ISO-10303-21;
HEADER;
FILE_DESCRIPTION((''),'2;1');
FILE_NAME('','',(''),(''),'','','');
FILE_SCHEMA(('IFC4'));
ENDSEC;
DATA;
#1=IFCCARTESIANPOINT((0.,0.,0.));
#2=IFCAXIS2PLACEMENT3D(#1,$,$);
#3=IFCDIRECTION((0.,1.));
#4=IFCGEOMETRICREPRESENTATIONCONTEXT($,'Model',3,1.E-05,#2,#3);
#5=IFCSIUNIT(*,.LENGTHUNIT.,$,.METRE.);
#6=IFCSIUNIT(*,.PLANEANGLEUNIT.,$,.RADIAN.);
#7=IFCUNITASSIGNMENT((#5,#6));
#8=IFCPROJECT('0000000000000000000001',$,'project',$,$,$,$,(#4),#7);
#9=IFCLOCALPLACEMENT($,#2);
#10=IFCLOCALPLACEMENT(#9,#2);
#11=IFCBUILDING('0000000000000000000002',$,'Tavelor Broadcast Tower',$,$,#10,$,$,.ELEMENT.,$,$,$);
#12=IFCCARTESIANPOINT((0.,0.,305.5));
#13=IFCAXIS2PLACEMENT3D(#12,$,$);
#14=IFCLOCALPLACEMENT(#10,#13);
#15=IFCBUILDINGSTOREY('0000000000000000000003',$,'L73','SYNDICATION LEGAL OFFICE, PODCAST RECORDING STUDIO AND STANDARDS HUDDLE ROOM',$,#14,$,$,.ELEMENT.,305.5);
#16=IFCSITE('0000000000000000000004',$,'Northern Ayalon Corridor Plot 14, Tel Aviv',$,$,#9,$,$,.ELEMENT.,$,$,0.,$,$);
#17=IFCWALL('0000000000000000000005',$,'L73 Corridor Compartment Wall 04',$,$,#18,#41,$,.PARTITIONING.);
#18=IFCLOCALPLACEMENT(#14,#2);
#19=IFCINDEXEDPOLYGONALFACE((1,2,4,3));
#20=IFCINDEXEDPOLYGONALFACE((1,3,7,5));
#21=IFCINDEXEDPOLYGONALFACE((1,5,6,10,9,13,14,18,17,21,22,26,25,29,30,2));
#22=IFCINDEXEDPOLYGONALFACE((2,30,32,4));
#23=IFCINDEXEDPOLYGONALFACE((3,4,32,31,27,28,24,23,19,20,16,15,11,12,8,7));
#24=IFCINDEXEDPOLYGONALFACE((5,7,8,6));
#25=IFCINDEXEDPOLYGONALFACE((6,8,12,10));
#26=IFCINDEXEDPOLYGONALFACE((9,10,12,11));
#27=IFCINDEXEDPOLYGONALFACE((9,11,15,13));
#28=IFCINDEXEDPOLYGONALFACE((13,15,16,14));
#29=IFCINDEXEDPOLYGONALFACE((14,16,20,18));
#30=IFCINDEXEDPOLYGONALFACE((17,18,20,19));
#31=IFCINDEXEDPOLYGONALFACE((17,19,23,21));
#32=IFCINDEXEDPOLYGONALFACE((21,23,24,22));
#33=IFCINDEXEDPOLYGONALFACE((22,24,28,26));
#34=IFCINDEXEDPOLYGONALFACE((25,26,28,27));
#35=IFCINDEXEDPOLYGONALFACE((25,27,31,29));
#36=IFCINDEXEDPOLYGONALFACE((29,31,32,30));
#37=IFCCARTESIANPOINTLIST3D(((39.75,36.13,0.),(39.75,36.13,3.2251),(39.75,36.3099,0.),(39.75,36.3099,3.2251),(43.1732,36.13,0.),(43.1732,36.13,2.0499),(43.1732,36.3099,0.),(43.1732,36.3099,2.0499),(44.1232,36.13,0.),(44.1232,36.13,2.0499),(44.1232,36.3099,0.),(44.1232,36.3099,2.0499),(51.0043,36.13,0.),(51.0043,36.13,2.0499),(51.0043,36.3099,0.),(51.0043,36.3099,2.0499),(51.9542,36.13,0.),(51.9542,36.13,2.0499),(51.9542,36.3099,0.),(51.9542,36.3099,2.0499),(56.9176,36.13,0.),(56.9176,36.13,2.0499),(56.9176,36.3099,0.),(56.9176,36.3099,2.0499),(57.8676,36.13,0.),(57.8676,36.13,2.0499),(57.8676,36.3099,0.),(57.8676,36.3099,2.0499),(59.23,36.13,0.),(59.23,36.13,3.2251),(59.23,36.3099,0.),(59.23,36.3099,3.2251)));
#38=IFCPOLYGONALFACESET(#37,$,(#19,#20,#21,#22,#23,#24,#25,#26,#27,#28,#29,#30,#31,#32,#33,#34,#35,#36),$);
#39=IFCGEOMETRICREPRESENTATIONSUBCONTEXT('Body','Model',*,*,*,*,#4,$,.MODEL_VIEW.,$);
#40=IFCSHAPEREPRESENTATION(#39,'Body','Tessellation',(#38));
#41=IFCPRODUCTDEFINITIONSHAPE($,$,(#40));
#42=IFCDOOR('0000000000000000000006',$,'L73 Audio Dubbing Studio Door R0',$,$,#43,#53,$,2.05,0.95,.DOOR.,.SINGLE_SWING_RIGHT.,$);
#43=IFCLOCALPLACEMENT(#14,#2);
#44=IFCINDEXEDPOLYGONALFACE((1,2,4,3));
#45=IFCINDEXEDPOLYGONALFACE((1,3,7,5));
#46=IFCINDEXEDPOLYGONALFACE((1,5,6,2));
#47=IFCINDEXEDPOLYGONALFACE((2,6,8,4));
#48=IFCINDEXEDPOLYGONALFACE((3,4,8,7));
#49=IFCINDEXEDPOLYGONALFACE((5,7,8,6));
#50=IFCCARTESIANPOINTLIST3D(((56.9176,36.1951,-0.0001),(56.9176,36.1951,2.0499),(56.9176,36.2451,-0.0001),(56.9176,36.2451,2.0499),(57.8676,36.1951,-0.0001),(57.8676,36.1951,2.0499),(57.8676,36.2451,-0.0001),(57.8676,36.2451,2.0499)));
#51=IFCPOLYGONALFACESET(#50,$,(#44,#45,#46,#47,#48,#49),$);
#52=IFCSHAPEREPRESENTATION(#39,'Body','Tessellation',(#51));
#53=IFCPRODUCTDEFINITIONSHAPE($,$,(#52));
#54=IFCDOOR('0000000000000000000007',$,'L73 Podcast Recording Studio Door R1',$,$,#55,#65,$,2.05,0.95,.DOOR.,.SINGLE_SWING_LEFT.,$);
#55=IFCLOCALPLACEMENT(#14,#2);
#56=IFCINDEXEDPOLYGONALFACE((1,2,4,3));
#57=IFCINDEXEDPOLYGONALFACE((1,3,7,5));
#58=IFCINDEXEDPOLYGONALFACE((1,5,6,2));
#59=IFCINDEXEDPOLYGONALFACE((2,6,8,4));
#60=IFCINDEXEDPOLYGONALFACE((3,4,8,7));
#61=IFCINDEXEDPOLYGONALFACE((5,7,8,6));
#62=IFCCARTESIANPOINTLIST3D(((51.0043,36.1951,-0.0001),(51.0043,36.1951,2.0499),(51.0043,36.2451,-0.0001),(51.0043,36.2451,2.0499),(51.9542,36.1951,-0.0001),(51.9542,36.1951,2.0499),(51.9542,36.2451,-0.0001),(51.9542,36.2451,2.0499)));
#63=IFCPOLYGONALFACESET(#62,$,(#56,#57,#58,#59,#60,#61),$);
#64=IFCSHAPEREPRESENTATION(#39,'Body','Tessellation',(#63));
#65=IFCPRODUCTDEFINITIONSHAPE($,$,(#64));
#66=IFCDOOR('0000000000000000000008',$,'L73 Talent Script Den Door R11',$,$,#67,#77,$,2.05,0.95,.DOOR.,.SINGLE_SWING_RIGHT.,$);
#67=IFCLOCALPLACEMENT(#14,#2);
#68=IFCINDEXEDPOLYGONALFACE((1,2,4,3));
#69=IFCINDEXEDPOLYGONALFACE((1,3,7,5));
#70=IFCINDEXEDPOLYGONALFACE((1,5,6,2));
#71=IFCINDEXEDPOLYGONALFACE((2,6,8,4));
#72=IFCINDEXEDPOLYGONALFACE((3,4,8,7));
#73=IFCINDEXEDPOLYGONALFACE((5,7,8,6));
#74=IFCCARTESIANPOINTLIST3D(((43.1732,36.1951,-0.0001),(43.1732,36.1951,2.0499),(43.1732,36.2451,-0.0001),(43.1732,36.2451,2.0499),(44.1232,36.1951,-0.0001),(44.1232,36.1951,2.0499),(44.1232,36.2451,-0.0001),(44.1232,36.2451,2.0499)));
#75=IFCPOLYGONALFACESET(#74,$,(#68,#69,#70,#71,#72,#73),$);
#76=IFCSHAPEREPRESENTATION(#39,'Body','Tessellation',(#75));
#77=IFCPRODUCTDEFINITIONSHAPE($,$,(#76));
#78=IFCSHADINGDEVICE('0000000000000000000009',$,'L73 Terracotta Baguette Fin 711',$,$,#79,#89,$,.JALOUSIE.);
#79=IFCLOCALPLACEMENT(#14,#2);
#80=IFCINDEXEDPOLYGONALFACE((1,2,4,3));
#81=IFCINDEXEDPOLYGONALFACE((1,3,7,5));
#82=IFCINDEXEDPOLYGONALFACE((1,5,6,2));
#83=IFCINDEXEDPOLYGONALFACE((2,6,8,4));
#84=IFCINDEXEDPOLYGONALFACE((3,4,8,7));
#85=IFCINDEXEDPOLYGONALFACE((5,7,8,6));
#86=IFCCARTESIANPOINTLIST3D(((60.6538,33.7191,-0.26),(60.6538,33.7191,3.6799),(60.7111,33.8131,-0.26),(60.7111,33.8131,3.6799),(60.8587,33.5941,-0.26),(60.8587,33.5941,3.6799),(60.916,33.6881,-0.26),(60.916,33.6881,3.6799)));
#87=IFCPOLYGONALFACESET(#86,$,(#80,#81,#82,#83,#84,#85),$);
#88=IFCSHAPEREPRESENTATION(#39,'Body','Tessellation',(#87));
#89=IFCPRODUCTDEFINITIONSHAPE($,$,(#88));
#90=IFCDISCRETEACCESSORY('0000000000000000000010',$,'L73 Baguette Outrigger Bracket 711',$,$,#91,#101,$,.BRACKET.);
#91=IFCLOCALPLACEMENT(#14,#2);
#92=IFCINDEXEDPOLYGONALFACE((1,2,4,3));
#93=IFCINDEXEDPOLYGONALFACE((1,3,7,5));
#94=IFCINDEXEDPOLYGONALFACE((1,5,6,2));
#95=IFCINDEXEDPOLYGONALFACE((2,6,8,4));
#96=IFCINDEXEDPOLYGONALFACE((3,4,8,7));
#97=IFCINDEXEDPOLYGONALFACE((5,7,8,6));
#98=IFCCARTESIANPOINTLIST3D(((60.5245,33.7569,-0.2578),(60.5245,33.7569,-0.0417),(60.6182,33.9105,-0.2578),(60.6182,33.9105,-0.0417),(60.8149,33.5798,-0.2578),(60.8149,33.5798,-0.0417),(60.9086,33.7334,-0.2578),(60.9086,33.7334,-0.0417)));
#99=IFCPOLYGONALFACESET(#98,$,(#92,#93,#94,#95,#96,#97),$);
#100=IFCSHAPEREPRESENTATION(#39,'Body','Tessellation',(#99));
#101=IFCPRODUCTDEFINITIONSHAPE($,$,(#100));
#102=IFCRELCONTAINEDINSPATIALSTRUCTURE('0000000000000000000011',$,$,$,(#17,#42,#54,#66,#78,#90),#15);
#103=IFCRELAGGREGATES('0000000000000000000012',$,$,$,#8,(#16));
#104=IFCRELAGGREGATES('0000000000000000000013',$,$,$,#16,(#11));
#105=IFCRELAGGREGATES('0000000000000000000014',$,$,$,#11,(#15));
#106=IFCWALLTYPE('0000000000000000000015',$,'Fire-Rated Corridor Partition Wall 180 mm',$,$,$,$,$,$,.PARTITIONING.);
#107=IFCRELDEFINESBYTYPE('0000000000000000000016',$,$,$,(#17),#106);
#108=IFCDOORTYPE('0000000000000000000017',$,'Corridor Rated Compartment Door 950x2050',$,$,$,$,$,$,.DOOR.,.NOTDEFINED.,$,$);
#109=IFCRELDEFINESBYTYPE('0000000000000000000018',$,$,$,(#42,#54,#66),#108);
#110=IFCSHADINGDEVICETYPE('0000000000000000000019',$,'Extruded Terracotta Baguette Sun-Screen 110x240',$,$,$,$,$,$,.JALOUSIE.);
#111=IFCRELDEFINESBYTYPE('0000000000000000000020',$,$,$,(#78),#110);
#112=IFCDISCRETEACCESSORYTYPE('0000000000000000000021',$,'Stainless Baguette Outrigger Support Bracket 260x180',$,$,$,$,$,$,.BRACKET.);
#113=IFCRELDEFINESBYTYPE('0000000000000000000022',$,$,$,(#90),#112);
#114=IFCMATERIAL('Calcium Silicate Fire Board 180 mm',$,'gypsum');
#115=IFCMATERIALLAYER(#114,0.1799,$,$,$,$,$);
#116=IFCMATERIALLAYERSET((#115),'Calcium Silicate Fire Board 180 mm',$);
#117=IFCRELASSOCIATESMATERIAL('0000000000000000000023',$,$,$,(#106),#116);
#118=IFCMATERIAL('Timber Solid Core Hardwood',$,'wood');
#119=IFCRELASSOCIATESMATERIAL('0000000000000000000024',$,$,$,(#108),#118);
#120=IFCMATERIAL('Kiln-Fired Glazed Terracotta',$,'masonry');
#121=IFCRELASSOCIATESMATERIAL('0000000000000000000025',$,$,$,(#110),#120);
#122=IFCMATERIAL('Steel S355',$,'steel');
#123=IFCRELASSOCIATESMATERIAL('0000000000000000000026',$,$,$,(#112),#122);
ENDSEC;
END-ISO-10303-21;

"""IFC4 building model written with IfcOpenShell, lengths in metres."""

from ifc_helpers import new_model, si_unit, direction, frame, frame_2d, origin, origin_2d, place, context, subcontext, project, spatial, rectangle, extrude, source, transform, mapped, material, layer, layer_set, type_object, type_shapes, element, fill, save


model = new_model("IFC4")

# Units and contexts
model_context = context("Model", 3, precision=1e-05, world=origin(), true_north=direction((0.0, 1.0)))
body_context = subcontext(model_context, "Body", "Model", "MODEL_VIEW")
ifc_project = project(units=[si_unit("LENGTHUNIT", "METRE"), si_unit("PLANEANGLEUNIT", "RADIAN")], contexts=[model_context])

# Site, building, storey
site_placement = place(None, origin())
site = spatial("IfcSite", under=ifc_project, at=site_placement, Name="Northern Ayalon Corridor Plot 14, Tel Aviv", CompositionType="ELEMENT", RefElevation=0.0)
building_placement = place(site_placement, origin())
building = spatial("IfcBuilding", under=site, at=building_placement, Name="Tavelor Broadcast Tower", CompositionType="ELEMENT")
storey_placement = place(building_placement, frame((0.0, 0.0, 305.5)))
storey = spatial("IfcBuildingStorey", under=building, at=storey_placement, Name="L73", Description="SYNDICATION LEGAL OFFICE, PODCAST RECORDING STUDIO AND STANDARDS HUDDLE ROOM", CompositionType="ELEMENT", Elevation=305.5)

# Shared definitions
ifc_material_1 = material(Name="Steel S355", Category="steel")

# Wall, openings, doors
ifc_material_2 = material(Name="Calcium Silicate Fire Board 180 mm", Category="gypsum")
ifc_layer_1 = layer(ifc_material_2, 0.1799)
ifc_layer_set_1 = layer_set([ifc_layer_1], Name="Calcium Silicate Fire Board 180 mm")
wall_type = type_object("IfcWallType", Name="Fire-Rated Corridor Partition Wall 180 mm", PredefinedType="PARTITIONING", material=ifc_layer_set_1)
wall_placement = place(storey_placement, frame((59.23, 36.22, 0.0), z_axis=(0.0, 0.0, 1.0), x_axis=(-1.0, 0.0, 0.0)))
wall = element("IfcWall", 1, at=wall_placement, inside=storey, type_object=wall_type, Name="L73 Corridor Compartment Wall 04", PredefinedType="PARTITIONING", context=body_context, shape_type="SweptSolid", body=[
    extrude(rectangle(XDim=19.48, YDim=0.1799, at=frame_2d((9.74, 0.0))), origin(), (0.0, 0.0, 1.0), 3.2251),
])
opening_1_placement = place(wall_placement, frame((1.3623, 0.0, 0.0)))
opening_1 = element("IfcOpeningElement", 2, at=opening_1_placement, cuts=wall, PredefinedType="OPENING", context=body_context, shape_type="SweptSolid", body=[
    extrude(rectangle(XDim=0.95, YDim=2.05, at=frame_2d((0.4751, 1.0249))), frame((0.0, 0.1001, 0.0), z_axis=(0.0, -1.0, 0.0), x_axis=(1.0, 0.0, 0.0)), (0.0, 0.0, 1.0), 0.2),
])
opening_2_placement = place(wall_placement, frame((7.2756, 0.0, 0.0)))
opening_2 = element("IfcOpeningElement", 3, at=opening_2_placement, cuts=wall, PredefinedType="OPENING", context=body_context, shape_type="SweptSolid", body=[
    extrude(rectangle(XDim=0.95, YDim=2.05, at=frame_2d((0.4751, 1.0249))), frame((0.0, 0.1001, 0.0), z_axis=(0.0, -1.0, 0.0), x_axis=(1.0, 0.0, 0.0)), (0.0, 0.0, 1.0), 0.2),
])
opening_3_placement = place(wall_placement, frame((15.1067, 0.0, 0.0)))
opening_3 = element("IfcOpeningElement", 4, at=opening_3_placement, cuts=wall, PredefinedType="OPENING", context=body_context, shape_type="SweptSolid", body=[
    extrude(rectangle(XDim=0.95, YDim=2.05, at=frame_2d((0.4751, 1.0249))), frame((0.0, 0.1001, 0.0), z_axis=(0.0, -1.0, 0.0), x_axis=(1.0, 0.0, 0.0)), (0.0, 0.0, 1.0), 0.2),
])
ifc_material_3 = material(Name="Timber Solid Core Hardwood", Category="wood")
door_type = type_object("IfcDoorType", Name="Corridor Rated Compartment Door 950x2050", OperationType="NOTDEFINED", PredefinedType="DOOR", material=ifc_material_3)
door_1_placement = place(opening_1_placement, origin())
door_1 = element("IfcDoor", 5, at=door_1_placement, inside=storey, type_object=door_type, Name="L73 Audio Dubbing Studio Door R0", OperationType="SINGLE_SWING_RIGHT", OverallHeight=2.05, OverallWidth=0.95, PredefinedType="DOOR", context=body_context, shape_type="SweptSolid", body=[
    extrude(rectangle(XDim=0.95, YDim=2.05, at=frame_2d((0.4751, 1.0249))), frame((0.0, 0.0249, 0.0), z_axis=(0.0, -1.0, 0.0), x_axis=(1.0, 0.0, 0.0)), (0.0, 0.0, 1.0), 0.05),
])
fill(opening_1, door_1)
door_2_placement = place(opening_2_placement, origin())
door_2 = element("IfcDoor", 6, at=door_2_placement, inside=storey, type_object=door_type, Name="L73 Podcast Recording Studio Door R1", OperationType="SINGLE_SWING_LEFT", OverallHeight=2.05, OverallWidth=0.95, PredefinedType="DOOR", context=body_context, shape_type="SweptSolid", body=[
    extrude(rectangle(XDim=0.95, YDim=2.05, at=frame_2d((0.4751, 1.0249))), frame((0.0, 0.0249, 0.0), z_axis=(0.0, -1.0, 0.0), x_axis=(1.0, 0.0, 0.0)), (0.0, 0.0, 1.0), 0.05),
])
fill(opening_2, door_2)
door_3_placement = place(opening_3_placement, origin())
door_3 = element("IfcDoor", 7, at=door_3_placement, inside=storey, type_object=door_type, Name="L73 Talent Script Den Door R11", OperationType="SINGLE_SWING_RIGHT", OverallHeight=2.05, OverallWidth=0.95, PredefinedType="DOOR", context=body_context, shape_type="SweptSolid", body=[
    extrude(rectangle(XDim=0.95, YDim=2.05, at=frame_2d((0.4751, 1.0249))), frame((0.0, 0.0249, 0.0), z_axis=(0.0, -1.0, 0.0), x_axis=(1.0, 0.0, 0.0)), (0.0, 0.0, 1.0), 0.05),
])
fill(opening_3, door_3)

# Shading device
ifc_material_4 = material(Name="Kiln-Fired Glazed Terracotta", Category="masonry")
shading_device_type = type_object("IfcShadingDeviceType", Name="Extruded Terracotta Baguette Sun-Screen 110x240", PredefinedType="JALOUSIE", material=ifc_material_4)
shared_shape_1 = source(origin(), body_context, "Body", "SweptSolid", [
    extrude(rectangle(XDim=0.1101, YDim=0.24, at=origin_2d()), origin(), (0.0, 0.0, 1.0), 3.9399),
])
type_shapes(shading_device_type, [shared_shape_1])
shading_device_placement = place(storey_placement, frame((60.7849, 33.7036, -0.26), z_axis=(0.0, 0.0, 1.0), x_axis=(0.520712, 0.853733, 0.0)))
element("IfcShadingDevice", 8, at=shading_device_placement, inside=storey, type_object=shading_device_type, Name="L73 Terracotta Baguette Fin 711", PredefinedType="JALOUSIE", context=body_context, shape_type="MappedRepresentation", body=[
    mapped(shared_shape_1, transform((0.0, 0.0, 0.0), scale=1.0)),
])

# Discrete accessory
discrete_accessory_type = type_object("IfcDiscreteAccessoryType", Name="Stainless Baguette Outrigger Support Bracket 260x180", PredefinedType="BRACKET", material=ifc_material_1)
shared_shape_2 = source(origin(), body_context, "Body", "SweptSolid", [
    extrude(rectangle(XDim=0.1799, YDim=0.3401, at=origin_2d()), origin(), (0.0, 0.0, 1.0), 0.2161),
])
type_shapes(discrete_accessory_type, [shared_shape_2])
discrete_accessory_placement = place(storey_placement, frame((60.7166, 33.7451, -0.2578), z_axis=(0.0, 0.0, 1.0), x_axis=(0.520712, 0.853733, 0.0)))
element("IfcDiscreteAccessory", 9, at=discrete_accessory_placement, inside=storey, type_object=discrete_accessory_type, Name="L73 Baguette Outrigger Bracket 711", PredefinedType="BRACKET", context=body_context, shape_type="MappedRepresentation", body=[
    mapped(shared_shape_2, transform((0.0, 0.0, 0.0), scale=1.0)),
])

save(model, "model.ifc")
